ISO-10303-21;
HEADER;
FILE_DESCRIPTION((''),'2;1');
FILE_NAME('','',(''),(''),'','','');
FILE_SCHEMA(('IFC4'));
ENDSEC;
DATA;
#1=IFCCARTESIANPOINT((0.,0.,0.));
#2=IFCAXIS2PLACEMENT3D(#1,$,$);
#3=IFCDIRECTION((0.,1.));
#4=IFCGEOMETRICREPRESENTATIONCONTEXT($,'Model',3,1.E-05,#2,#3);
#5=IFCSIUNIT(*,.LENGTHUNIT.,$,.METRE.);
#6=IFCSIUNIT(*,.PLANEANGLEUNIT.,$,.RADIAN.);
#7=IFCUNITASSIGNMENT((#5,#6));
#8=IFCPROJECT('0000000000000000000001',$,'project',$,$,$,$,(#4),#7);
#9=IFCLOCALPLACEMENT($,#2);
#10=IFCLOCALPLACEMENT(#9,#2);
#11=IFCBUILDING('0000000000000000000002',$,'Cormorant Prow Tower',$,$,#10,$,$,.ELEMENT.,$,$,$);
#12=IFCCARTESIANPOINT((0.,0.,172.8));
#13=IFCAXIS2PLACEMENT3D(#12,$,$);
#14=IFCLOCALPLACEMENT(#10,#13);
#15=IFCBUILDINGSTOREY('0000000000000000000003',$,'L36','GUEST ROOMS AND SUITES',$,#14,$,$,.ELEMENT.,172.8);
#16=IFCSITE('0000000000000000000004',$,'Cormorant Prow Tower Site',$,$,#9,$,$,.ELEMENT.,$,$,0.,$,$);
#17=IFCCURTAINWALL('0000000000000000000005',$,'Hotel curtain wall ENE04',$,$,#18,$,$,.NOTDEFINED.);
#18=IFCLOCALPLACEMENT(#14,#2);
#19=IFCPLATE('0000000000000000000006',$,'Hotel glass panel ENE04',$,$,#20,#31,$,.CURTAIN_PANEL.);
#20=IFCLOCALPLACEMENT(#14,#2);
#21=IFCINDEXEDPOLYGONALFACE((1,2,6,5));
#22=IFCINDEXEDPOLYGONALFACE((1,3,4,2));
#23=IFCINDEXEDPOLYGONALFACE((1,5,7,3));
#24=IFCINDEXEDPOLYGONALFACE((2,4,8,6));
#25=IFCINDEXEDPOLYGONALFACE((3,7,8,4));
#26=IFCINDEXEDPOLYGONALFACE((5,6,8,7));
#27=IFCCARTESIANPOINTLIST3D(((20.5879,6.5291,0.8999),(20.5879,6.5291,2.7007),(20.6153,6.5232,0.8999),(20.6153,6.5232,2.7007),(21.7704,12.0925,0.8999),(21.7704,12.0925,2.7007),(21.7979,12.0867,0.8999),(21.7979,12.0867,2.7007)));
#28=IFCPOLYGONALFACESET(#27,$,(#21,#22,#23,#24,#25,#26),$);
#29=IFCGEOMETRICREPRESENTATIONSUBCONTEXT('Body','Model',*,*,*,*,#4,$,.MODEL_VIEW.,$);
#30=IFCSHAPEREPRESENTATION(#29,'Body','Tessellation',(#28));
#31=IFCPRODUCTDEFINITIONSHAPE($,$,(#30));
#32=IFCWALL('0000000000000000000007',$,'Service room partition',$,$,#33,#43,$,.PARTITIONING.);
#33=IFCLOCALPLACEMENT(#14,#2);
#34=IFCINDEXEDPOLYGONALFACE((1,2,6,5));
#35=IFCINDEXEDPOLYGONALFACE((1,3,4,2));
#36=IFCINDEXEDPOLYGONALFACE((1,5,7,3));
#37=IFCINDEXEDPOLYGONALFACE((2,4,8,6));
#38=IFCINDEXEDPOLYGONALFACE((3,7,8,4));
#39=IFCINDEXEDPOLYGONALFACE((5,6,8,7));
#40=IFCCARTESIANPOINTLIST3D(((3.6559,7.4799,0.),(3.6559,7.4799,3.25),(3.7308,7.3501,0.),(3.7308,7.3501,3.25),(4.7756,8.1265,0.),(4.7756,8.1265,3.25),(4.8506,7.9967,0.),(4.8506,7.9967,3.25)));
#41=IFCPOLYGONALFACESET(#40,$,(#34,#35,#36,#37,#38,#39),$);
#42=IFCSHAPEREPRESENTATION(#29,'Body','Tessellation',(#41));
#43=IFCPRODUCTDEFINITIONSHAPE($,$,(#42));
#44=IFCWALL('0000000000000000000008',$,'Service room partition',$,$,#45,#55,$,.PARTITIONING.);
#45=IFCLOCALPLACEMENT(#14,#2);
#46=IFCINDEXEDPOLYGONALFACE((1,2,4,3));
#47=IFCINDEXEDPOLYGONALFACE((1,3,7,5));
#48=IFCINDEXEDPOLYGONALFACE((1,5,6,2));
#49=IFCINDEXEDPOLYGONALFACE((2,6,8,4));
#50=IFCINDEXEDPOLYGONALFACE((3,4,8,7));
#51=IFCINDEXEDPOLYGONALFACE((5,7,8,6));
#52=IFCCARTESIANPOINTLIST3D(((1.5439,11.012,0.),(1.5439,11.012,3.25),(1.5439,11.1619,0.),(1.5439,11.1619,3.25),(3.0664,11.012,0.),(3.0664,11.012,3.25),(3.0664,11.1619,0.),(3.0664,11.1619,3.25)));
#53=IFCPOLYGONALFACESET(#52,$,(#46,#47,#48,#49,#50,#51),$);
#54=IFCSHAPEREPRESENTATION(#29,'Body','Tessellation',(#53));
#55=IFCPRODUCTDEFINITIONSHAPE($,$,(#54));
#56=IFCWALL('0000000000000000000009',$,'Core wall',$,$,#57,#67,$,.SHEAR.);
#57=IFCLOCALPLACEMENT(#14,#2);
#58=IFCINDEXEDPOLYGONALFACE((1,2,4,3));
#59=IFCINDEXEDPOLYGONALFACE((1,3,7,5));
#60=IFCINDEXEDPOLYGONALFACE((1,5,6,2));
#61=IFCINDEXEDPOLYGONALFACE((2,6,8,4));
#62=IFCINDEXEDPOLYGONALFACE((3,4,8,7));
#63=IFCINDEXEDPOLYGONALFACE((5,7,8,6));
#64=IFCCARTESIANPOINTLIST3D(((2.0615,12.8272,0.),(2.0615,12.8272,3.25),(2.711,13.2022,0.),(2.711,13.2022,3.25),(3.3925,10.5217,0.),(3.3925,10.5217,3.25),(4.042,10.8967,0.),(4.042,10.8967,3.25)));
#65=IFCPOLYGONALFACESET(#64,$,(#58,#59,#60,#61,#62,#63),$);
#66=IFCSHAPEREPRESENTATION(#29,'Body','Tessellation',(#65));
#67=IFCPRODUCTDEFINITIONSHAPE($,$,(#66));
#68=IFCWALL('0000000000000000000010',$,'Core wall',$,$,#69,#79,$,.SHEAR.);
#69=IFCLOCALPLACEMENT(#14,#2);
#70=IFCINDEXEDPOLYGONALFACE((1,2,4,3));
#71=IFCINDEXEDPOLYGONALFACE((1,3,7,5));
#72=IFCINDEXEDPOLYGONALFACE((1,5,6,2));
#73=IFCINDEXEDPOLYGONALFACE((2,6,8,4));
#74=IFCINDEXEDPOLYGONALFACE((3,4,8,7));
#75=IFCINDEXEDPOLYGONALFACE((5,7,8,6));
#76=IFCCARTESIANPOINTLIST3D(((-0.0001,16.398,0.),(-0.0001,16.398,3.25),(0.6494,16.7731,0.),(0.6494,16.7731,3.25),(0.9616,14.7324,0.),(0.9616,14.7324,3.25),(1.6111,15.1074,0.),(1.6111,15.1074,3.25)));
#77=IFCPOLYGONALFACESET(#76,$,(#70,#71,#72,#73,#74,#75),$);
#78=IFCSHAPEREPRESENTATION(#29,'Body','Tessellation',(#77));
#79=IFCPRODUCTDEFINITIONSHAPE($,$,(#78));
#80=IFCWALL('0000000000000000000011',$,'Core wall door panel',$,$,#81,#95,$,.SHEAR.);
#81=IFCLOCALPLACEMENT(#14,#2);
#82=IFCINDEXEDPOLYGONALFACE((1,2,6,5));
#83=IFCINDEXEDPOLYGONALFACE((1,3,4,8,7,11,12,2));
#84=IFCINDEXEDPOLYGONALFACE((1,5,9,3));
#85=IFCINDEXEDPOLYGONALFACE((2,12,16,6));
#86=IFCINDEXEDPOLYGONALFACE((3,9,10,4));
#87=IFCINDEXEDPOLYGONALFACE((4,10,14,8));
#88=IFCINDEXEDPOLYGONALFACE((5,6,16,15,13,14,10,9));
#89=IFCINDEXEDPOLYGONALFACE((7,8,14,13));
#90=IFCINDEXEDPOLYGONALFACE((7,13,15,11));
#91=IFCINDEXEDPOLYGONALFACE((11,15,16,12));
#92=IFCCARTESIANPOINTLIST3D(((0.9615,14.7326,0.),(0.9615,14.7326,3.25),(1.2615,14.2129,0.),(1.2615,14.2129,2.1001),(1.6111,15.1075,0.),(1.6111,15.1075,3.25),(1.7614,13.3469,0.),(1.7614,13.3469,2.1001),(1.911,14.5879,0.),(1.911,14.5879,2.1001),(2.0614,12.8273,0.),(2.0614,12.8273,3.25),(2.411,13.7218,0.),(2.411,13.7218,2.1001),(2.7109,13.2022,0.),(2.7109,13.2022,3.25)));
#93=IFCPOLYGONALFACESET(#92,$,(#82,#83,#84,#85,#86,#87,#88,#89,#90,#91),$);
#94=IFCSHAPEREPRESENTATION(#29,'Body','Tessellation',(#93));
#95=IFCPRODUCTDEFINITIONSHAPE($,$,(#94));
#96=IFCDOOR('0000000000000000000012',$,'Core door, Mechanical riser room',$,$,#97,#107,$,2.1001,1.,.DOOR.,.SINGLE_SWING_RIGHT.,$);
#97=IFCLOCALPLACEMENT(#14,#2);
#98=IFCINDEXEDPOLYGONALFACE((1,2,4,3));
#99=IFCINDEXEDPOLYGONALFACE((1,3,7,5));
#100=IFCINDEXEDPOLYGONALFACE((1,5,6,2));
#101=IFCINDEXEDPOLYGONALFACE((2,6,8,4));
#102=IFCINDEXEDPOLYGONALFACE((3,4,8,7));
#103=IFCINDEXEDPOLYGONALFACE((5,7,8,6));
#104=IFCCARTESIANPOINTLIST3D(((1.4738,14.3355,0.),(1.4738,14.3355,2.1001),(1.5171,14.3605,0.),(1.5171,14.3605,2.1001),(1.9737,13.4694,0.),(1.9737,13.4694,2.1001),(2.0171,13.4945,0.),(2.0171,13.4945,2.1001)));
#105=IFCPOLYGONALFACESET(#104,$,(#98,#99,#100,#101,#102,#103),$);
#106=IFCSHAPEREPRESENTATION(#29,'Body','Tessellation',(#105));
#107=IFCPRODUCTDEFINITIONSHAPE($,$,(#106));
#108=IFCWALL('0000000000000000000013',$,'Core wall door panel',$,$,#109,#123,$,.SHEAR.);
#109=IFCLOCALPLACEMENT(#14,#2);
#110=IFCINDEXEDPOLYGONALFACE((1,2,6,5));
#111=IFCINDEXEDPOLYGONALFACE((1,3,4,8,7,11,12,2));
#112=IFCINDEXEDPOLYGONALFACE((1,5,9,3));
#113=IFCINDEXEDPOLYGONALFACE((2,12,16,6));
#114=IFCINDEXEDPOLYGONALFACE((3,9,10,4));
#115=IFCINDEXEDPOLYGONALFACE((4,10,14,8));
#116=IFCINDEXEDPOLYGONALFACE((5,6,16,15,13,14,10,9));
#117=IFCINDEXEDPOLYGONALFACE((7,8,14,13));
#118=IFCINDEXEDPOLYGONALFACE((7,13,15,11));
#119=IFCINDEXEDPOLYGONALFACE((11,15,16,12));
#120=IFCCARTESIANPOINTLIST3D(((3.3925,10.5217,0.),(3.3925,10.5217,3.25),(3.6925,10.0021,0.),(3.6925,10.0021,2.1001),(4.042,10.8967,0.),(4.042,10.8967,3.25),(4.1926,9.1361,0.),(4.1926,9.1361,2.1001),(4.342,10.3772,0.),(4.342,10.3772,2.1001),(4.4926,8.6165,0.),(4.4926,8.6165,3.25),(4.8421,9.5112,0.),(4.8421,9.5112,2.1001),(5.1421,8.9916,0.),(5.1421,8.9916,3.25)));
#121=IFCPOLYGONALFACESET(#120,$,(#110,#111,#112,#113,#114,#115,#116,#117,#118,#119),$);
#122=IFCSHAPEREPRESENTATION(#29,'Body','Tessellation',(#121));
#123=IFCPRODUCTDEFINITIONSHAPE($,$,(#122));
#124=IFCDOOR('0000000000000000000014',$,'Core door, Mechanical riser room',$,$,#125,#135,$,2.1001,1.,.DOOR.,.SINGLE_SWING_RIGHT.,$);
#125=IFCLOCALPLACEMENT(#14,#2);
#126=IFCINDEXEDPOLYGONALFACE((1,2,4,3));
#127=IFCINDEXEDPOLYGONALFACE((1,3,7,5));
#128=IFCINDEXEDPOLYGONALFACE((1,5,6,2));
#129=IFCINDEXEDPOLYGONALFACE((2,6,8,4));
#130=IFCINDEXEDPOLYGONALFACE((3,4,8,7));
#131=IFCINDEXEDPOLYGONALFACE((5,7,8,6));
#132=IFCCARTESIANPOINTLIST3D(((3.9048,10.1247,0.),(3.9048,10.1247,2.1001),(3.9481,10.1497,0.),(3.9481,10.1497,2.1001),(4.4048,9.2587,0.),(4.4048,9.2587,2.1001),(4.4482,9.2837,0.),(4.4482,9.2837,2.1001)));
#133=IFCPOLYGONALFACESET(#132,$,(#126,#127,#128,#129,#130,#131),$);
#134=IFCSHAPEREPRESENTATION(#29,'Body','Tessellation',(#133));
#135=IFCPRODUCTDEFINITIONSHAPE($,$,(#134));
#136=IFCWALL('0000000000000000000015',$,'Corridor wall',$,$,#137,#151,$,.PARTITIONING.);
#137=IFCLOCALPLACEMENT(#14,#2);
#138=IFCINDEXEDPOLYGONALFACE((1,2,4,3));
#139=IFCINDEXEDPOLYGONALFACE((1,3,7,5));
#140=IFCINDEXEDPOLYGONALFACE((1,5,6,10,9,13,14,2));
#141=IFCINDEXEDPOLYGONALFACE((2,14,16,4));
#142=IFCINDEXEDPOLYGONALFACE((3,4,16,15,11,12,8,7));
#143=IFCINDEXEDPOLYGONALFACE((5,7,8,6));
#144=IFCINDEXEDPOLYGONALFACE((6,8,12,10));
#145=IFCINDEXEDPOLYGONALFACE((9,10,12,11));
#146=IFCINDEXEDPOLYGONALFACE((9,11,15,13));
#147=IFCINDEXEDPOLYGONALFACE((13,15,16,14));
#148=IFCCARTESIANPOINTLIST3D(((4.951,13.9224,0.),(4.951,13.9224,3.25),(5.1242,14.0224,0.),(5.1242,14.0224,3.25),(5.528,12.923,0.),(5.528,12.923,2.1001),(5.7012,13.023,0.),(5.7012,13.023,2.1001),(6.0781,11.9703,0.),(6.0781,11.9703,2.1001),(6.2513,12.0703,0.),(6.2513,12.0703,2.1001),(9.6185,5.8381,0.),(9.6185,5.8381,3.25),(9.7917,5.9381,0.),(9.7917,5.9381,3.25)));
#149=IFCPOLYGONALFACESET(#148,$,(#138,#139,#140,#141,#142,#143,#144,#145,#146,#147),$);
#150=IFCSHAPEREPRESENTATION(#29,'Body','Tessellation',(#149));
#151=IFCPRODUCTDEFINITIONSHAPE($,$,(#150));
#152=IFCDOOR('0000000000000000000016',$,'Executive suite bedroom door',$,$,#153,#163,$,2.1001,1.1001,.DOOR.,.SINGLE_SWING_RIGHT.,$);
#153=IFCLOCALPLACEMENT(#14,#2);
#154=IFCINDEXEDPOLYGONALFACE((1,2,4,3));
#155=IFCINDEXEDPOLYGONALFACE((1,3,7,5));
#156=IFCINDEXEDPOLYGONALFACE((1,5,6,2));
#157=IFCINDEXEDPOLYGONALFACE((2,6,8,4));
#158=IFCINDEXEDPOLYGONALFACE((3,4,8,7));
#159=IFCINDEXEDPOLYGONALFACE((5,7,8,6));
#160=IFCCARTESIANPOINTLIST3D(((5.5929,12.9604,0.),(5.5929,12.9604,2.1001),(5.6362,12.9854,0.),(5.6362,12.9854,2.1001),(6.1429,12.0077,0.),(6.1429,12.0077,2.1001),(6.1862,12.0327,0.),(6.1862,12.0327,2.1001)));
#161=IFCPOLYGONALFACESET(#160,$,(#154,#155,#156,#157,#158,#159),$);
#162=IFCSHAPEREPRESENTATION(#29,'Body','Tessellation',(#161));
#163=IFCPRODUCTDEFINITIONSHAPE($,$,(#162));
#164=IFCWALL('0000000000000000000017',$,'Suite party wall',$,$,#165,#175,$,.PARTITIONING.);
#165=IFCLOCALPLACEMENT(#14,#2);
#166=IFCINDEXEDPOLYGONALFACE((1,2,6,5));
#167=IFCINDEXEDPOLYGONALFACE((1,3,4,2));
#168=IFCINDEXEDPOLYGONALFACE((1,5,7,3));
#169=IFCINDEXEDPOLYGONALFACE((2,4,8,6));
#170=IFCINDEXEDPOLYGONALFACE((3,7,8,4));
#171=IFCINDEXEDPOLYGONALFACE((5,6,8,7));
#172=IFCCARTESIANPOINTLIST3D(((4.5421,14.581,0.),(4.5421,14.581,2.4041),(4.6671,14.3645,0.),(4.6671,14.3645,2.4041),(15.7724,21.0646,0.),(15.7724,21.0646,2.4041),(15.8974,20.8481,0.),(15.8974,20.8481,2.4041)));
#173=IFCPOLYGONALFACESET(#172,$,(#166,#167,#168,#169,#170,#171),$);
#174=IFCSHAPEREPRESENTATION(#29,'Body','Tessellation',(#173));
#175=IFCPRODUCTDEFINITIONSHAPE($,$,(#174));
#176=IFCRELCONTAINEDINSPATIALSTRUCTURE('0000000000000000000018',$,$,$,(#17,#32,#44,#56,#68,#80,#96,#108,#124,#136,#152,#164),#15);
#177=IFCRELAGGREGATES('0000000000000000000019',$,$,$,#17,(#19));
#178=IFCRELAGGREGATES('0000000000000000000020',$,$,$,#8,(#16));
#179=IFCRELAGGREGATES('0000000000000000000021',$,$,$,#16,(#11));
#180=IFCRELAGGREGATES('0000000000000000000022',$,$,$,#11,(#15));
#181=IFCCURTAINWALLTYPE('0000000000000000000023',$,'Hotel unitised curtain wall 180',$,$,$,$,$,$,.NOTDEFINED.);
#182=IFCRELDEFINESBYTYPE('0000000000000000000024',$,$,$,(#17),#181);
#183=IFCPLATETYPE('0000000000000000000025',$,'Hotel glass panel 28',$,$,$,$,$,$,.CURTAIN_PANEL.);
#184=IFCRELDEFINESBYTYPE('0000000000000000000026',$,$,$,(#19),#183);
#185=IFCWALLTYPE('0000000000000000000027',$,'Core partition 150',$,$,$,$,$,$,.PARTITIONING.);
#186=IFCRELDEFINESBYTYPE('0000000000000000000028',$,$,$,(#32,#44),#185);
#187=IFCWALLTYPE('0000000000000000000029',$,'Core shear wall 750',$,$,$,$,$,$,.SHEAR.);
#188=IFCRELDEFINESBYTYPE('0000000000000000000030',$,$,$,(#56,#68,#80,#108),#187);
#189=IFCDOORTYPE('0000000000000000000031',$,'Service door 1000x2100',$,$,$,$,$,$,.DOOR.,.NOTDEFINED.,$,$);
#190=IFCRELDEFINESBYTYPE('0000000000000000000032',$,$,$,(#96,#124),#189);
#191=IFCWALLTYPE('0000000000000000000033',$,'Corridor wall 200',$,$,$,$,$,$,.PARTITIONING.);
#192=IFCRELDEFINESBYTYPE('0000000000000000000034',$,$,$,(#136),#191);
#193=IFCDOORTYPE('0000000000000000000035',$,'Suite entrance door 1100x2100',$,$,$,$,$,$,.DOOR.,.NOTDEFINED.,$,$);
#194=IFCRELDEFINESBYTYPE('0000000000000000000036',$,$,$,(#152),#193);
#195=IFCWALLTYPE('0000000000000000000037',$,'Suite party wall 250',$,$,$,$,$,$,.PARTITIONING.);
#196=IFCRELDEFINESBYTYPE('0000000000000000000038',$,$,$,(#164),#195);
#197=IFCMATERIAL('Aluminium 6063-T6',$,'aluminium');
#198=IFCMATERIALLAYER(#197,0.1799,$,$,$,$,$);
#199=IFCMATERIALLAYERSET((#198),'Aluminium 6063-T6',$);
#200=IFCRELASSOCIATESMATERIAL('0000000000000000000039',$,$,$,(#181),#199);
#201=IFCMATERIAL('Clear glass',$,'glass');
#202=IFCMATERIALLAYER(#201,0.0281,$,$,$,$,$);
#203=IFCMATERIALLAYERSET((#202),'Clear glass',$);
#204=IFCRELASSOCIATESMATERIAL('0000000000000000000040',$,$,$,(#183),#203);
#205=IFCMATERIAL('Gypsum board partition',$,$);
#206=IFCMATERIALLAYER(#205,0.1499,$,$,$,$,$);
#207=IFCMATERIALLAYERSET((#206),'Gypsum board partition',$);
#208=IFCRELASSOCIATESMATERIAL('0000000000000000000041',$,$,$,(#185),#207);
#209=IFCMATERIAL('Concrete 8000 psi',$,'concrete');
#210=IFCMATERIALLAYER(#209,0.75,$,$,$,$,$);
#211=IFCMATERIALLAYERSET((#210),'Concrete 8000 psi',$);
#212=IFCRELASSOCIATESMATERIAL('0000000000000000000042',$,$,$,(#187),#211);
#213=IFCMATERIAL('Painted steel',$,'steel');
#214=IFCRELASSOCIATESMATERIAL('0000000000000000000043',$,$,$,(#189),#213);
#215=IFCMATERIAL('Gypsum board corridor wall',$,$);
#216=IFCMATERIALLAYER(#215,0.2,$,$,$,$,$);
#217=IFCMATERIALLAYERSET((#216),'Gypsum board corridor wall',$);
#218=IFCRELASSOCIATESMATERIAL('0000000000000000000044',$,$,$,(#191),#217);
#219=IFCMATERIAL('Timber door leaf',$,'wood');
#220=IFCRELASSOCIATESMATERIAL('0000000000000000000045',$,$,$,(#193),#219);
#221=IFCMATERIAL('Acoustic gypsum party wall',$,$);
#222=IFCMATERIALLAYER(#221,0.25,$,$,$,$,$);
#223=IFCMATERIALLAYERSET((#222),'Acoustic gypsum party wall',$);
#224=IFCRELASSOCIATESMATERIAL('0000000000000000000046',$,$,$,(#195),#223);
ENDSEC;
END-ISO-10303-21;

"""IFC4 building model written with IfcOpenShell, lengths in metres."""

from ifc_helpers import new_model, si_unit, direction, frame, frame_2d, origin, origin_2d, place, context, subcontext, project, spatial, rectangle, extrude, material, layer, layer_set, type_object, element, fill, aggregate, save


model = new_model("IFC4")

# Units and contexts
model_context = context("Model", 3, precision=1e-05, world=origin(), true_north=direction((0.0, 1.0)))
body_context = subcontext(model_context, "Body", "Model", "MODEL_VIEW")
ifc_project = project(units=[si_unit("LENGTHUNIT", "METRE"), si_unit("PLANEANGLEUNIT", "RADIAN")], contexts=[model_context])

# Site, building, storey
site_placement = place(None, origin())
site = spatial("IfcSite", under=ifc_project, at=site_placement, Name="Cormorant Prow Tower Site", CompositionType="ELEMENT", RefElevation=0.0)
building_placement = place(site_placement, origin())
building = spatial("IfcBuilding", under=site, at=building_placement, Name="Cormorant Prow Tower", CompositionType="ELEMENT")
storey_placement = place(building_placement, frame((0.0, 0.0, 172.8)))
storey = spatial("IfcBuildingStorey", under=building, at=storey_placement, Name="L36", Description="GUEST ROOMS AND SUITES", CompositionType="ELEMENT", Elevation=172.8)

# Curtain wall
ifc_material_1 = material(Name="Aluminium 6063-T6", Category="aluminium")
ifc_layer_1 = layer(ifc_material_1, 0.1799)
ifc_layer_set_1 = layer_set([ifc_layer_1], Name="Aluminium 6063-T6")
curtain_wall_type = type_object("IfcCurtainWallType", Name="Hotel unitised curtain wall 180", PredefinedType="NOTDEFINED", material=ifc_layer_set_1)
curtain_wall_1_placement = place(storey_placement, origin())
curtain_wall_1 = element("IfcCurtainWall", 1, at=curtain_wall_1_placement, inside=storey, type_object=curtain_wall_type, Name="Hotel curtain wall ENE04", PredefinedType="NOTDEFINED")

# Plate
ifc_material_2 = material(Name="Clear glass", Category="glass")
ifc_layer_2 = layer(ifc_material_2, 0.0281)
ifc_layer_set_2 = layer_set([ifc_layer_2], Name="Clear glass")
plate_type = type_object("IfcPlateType", Name="Hotel glass panel 28", PredefinedType="CURTAIN_PANEL", material=ifc_layer_set_2)
plate_placement = place(storey_placement, frame((21.1929, 9.3079, 0.8999), z_axis=(0.0, 0.0, 1.0), x_axis=(0.207912, 0.978148, 0.0)))
plate = element("IfcPlate", 2, at=plate_placement, type_object=plate_type, Name="Hotel glass panel ENE04", PredefinedType="CURTAIN_PANEL", context=body_context, shape_type="SweptSolid", body=[
    extrude(rectangle(XDim=5.6877, YDim=0.0281, at=origin_2d()), origin(), (0.0, 0.0, 1.0), 1.8008),
])
aggregate(curtain_wall_1, [plate])

# Walls
ifc_material_3 = material(Name="Gypsum board partition")
ifc_layer_3 = layer(ifc_material_3, 0.1499)
ifc_layer_set_3 = layer_set([ifc_layer_3], Name="Gypsum board partition")
wall_type_1 = type_object("IfcWallType", Name="Core partition 150", PredefinedType="PARTITIONING", material=ifc_layer_set_3)
wall_1_placement = place(storey_placement, frame((3.6934, 7.415, 0.0), z_axis=(0.0, 0.0, 1.0), x_axis=(0.866003, 0.500038, 0.0)))
element("IfcWall", 3, at=wall_1_placement, inside=storey, type_object=wall_type_1, Name="Service room partition", PredefinedType="PARTITIONING", context=body_context, shape_type="SweptSolid", body=[
    extrude(rectangle(XDim=1.293, YDim=0.1499, at=frame_2d((0.6465, 0.0))), origin(), (0.0, 0.0, 1.0), 3.25),
])
wall_2_placement = place(storey_placement, frame((1.5439, 11.0869, 0.0), z_axis=(0.0, 0.0, 1.0), x_axis=(1.0, 0.0, 0.0)))
element("IfcWall", 4, at=wall_2_placement, inside=storey, type_object=wall_type_1, Name="Service room partition", PredefinedType="PARTITIONING", context=body_context, shape_type="SweptSolid", body=[
    extrude(rectangle(XDim=1.5225, YDim=0.1499, at=frame_2d((0.7612, 0.0))), origin(), (0.0, 0.0, 1.0), 3.25),
])
ifc_material_4 = material(Name="Concrete 8000 psi", Category="concrete")
ifc_layer_4 = layer(ifc_material_4, 0.75)
ifc_layer_set_4 = layer_set([ifc_layer_4], Name="Concrete 8000 psi")
wall_type_2 = type_object("IfcWallType", Name="Core shear wall 750", PredefinedType="SHEAR", material=ifc_layer_set_4)
wall_3_placement = place(storey_placement, frame((3.7173, 10.7092, 0.0), z_axis=(0.0, 0.0, 1.0), x_axis=(-0.500006, 0.866022, 0.0)))
element("IfcWall", 5, at=wall_3_placement, inside=storey, type_object=wall_type_2, Name="Core wall", PredefinedType="SHEAR", context=body_context, shape_type="SweptSolid", body=[
    extrude(rectangle(XDim=2.6621, YDim=0.75, at=frame_2d((1.3311, 0.0))), origin(), (0.0, 0.0, 1.0), 3.25),
])
wall_4_placement = place(storey_placement, frame((1.2864, 14.9199, 0.0), z_axis=(0.0, 0.0, 1.0), x_axis=(-0.50003, 0.866008, 0.0)))
element("IfcWall", 6, at=wall_4_placement, inside=storey, type_object=wall_type_2, Name="Core wall", PredefinedType="SHEAR", context=body_context, shape_type="SweptSolid", body=[
    extrude(rectangle(XDim=1.9233, YDim=0.75, at=frame_2d((0.9617, 0.0))), origin(), (0.0, 0.0, 1.0), 3.25),
])

# Walls, openings, doors
wall_5_placement = place(storey_placement, frame((2.3862, 13.0146, 0.0), z_axis=(0.0, 0.0, 1.0), x_axis=(-0.499947, 0.866056, 0.0)))
wall_5 = element("IfcWall", 7, at=wall_5_placement, inside=storey, type_object=wall_type_2, Name="Core wall door panel", PredefinedType="SHEAR", context=body_context, shape_type="SweptSolid", body=[
    extrude(rectangle(XDim=2.2, YDim=0.75, at=frame_2d((1.1001, 0.0))), origin(), (0.0, 0.0, 1.0), 3.25),
])
opening_1_placement = place(wall_5_placement, frame((0.6001, 0.0, 0.0)))
opening_1 = element("IfcOpeningElement", 8, at=opening_1_placement, cuts=wall_5, PredefinedType="OPENING", context=body_context, shape_type="SweptSolid", body=[
    extrude(rectangle(XDim=1.0, YDim=2.1001, at=frame_2d((0.5, 1.05))), frame((0.0, 0.385, 0.0), z_axis=(0.0, -1.0, 0.0), x_axis=(1.0, 0.0, 0.0)), (0.0, 0.0, 1.0), 0.77),
])
ifc_material_5 = material(Name="Painted steel", Category="steel")
door_type_1 = type_object("IfcDoorType", Name="Service door 1000x2100", OperationType="NOTDEFINED", PredefinedType="DOOR", material=ifc_material_5)
door_1_placement = place(opening_1_placement, origin())
door_1 = element("IfcDoor", 9, at=door_1_placement, inside=storey, type_object=door_type_1, Name="Core door, Mechanical riser room", OperationType="SINGLE_SWING_RIGHT", OverallHeight=2.1001, OverallWidth=1.0, PredefinedType="DOOR", context=body_context, shape_type="SweptSolid", body=[
    extrude(rectangle(XDim=1.0, YDim=2.1001, at=frame_2d((0.5, 1.05))), frame((0.0, 0.1299, 0.0), z_axis=(0.0, -1.0, 0.0), x_axis=(1.0, 0.0, 0.0)), (0.0, 0.0, 1.0), 0.05),
])
fill(opening_1, door_1)
wall_6_placement = place(storey_placement, frame((4.8174, 8.804, 0.0), z_axis=(0.0, 0.0, 1.0), x_axis=(-0.50003, 0.866008, 0.0)))
wall_6 = element("IfcWall", 10, at=wall_6_placement, inside=storey, type_object=wall_type_2, Name="Core wall door panel", PredefinedType="SHEAR", context=body_context, shape_type="SweptSolid", body=[
    extrude(rectangle(XDim=2.2, YDim=0.75, at=frame_2d((1.1001, 0.0))), origin(), (0.0, 0.0, 1.0), 3.25),
])
opening_2_placement = place(wall_6_placement, frame((0.6001, 0.0, 0.0)))
opening_2 = element("IfcOpeningElement", 11, at=opening_2_placement, cuts=wall_6, PredefinedType="OPENING", context=body_context, shape_type="SweptSolid", body=[
    extrude(rectangle(XDim=1.0, YDim=2.1001, at=frame_2d((0.5, 1.05))), frame((0.0, 0.385, 0.0), z_axis=(0.0, -1.0, 0.0), x_axis=(1.0, 0.0, 0.0)), (0.0, 0.0, 1.0), 0.77),
])
door_2_placement = place(opening_2_placement, origin())
door_2 = element("IfcDoor", 12, at=door_2_placement, inside=storey, type_object=door_type_1, Name="Core door, Mechanical riser room", OperationType="SINGLE_SWING_RIGHT", OverallHeight=2.1001, OverallWidth=1.0, PredefinedType="DOOR", context=body_context, shape_type="SweptSolid", body=[
    extrude(rectangle(XDim=1.0, YDim=2.1001, at=frame_2d((0.5, 1.05))), frame((0.0, 0.1299, 0.0), z_axis=(0.0, -1.0, 0.0), x_axis=(1.0, 0.0, 0.0)), (0.0, 0.0, 1.0), 0.05),
])
fill(opening_2, door_2)
ifc_material_6 = material(Name="Gypsum board corridor wall")
ifc_layer_5 = layer(ifc_material_6, 0.2)
ifc_layer_set_5 = layer_set([ifc_layer_5], Name="Gypsum board corridor wall")
wall_type_3 = type_object("IfcWallType", Name="Corridor wall 200", PredefinedType="PARTITIONING", material=ifc_layer_set_5)
wall_7_placement = place(storey_placement, frame((5.0376, 13.9724, 0.0), z_axis=(0.0, 0.0, 1.0), x_axis=(0.500004, -0.866023, 0.0)))
wall_7 = element("IfcWall", 13, at=wall_7_placement, inside=storey, type_object=wall_type_3, Name="Corridor wall", PredefinedType="PARTITIONING", context=body_context, shape_type="SweptSolid", body=[
    extrude(rectangle(XDim=9.335, YDim=0.2, at=frame_2d((4.6675, 0.0))), origin(), (0.0, 0.0, 1.0), 3.25),
])
opening_3_placement = place(wall_7_placement, frame((1.1541, 0.0, 0.0)))
opening_3 = element("IfcOpeningElement", 14, at=opening_3_placement, cuts=wall_7, PredefinedType="OPENING", context=body_context, shape_type="SweptSolid", body=[
    extrude(rectangle(XDim=1.1001, YDim=2.1001, at=frame_2d((0.55, 1.05))), frame((0.0, 0.1099, 0.0), z_axis=(0.0, -1.0, 0.0), x_axis=(1.0, 0.0, 0.0)), (0.0, 0.0, 1.0), 0.22),
])
ifc_material_7 = material(Name="Timber door leaf", Category="wood")
door_type_2 = type_object("IfcDoorType", Name="Suite entrance door 1100x2100", OperationType="NOTDEFINED", PredefinedType="DOOR", material=ifc_material_7)
door_3_placement = place(opening_3_placement, origin())
door_3 = element("IfcDoor", 15, at=door_3_placement, inside=storey, type_object=door_type_2, Name="Executive suite bedroom door", OperationType="SINGLE_SWING_RIGHT", OverallHeight=2.1001, OverallWidth=1.1001, PredefinedType="DOOR", context=body_context, shape_type="SweptSolid", body=[
    extrude(rectangle(XDim=1.1001, YDim=2.1001, at=frame_2d((0.55, 1.05))), frame((0.0, 0.0249, 0.0), z_axis=(0.0, -1.0, 0.0), x_axis=(1.0, 0.0, 0.0)), (0.0, 0.0, 1.0), 0.05),
])
fill(opening_3, door_3)

# Wall
ifc_material_8 = material(Name="Acoustic gypsum party wall")
ifc_layer_6 = layer(ifc_material_8, 0.25)
ifc_layer_set_6 = layer_set([ifc_layer_6], Name="Acoustic gypsum party wall")
wall_type_4 = type_object("IfcWallType", Name="Suite party wall 250", PredefinedType="PARTITIONING", material=ifc_layer_set_6)
wall_8_placement = place(storey_placement, frame((4.6045, 14.4727, 0.0), z_axis=(0.0, 0.0, 1.0), x_axis=(0.86603, 0.499992, 0.0)))
element("IfcWall", 16, at=wall_8_placement, inside=storey, type_object=wall_type_4, Name="Suite party wall", PredefinedType="PARTITIONING", context=body_context, shape_type="SweptSolid", body=[
    extrude(rectangle(XDim=12.9675, YDim=0.25, at=frame_2d((6.4839, 0.0))), origin(), (0.0, 0.0, 1.0), 2.4041),
])

save(model, "model.ifc")
